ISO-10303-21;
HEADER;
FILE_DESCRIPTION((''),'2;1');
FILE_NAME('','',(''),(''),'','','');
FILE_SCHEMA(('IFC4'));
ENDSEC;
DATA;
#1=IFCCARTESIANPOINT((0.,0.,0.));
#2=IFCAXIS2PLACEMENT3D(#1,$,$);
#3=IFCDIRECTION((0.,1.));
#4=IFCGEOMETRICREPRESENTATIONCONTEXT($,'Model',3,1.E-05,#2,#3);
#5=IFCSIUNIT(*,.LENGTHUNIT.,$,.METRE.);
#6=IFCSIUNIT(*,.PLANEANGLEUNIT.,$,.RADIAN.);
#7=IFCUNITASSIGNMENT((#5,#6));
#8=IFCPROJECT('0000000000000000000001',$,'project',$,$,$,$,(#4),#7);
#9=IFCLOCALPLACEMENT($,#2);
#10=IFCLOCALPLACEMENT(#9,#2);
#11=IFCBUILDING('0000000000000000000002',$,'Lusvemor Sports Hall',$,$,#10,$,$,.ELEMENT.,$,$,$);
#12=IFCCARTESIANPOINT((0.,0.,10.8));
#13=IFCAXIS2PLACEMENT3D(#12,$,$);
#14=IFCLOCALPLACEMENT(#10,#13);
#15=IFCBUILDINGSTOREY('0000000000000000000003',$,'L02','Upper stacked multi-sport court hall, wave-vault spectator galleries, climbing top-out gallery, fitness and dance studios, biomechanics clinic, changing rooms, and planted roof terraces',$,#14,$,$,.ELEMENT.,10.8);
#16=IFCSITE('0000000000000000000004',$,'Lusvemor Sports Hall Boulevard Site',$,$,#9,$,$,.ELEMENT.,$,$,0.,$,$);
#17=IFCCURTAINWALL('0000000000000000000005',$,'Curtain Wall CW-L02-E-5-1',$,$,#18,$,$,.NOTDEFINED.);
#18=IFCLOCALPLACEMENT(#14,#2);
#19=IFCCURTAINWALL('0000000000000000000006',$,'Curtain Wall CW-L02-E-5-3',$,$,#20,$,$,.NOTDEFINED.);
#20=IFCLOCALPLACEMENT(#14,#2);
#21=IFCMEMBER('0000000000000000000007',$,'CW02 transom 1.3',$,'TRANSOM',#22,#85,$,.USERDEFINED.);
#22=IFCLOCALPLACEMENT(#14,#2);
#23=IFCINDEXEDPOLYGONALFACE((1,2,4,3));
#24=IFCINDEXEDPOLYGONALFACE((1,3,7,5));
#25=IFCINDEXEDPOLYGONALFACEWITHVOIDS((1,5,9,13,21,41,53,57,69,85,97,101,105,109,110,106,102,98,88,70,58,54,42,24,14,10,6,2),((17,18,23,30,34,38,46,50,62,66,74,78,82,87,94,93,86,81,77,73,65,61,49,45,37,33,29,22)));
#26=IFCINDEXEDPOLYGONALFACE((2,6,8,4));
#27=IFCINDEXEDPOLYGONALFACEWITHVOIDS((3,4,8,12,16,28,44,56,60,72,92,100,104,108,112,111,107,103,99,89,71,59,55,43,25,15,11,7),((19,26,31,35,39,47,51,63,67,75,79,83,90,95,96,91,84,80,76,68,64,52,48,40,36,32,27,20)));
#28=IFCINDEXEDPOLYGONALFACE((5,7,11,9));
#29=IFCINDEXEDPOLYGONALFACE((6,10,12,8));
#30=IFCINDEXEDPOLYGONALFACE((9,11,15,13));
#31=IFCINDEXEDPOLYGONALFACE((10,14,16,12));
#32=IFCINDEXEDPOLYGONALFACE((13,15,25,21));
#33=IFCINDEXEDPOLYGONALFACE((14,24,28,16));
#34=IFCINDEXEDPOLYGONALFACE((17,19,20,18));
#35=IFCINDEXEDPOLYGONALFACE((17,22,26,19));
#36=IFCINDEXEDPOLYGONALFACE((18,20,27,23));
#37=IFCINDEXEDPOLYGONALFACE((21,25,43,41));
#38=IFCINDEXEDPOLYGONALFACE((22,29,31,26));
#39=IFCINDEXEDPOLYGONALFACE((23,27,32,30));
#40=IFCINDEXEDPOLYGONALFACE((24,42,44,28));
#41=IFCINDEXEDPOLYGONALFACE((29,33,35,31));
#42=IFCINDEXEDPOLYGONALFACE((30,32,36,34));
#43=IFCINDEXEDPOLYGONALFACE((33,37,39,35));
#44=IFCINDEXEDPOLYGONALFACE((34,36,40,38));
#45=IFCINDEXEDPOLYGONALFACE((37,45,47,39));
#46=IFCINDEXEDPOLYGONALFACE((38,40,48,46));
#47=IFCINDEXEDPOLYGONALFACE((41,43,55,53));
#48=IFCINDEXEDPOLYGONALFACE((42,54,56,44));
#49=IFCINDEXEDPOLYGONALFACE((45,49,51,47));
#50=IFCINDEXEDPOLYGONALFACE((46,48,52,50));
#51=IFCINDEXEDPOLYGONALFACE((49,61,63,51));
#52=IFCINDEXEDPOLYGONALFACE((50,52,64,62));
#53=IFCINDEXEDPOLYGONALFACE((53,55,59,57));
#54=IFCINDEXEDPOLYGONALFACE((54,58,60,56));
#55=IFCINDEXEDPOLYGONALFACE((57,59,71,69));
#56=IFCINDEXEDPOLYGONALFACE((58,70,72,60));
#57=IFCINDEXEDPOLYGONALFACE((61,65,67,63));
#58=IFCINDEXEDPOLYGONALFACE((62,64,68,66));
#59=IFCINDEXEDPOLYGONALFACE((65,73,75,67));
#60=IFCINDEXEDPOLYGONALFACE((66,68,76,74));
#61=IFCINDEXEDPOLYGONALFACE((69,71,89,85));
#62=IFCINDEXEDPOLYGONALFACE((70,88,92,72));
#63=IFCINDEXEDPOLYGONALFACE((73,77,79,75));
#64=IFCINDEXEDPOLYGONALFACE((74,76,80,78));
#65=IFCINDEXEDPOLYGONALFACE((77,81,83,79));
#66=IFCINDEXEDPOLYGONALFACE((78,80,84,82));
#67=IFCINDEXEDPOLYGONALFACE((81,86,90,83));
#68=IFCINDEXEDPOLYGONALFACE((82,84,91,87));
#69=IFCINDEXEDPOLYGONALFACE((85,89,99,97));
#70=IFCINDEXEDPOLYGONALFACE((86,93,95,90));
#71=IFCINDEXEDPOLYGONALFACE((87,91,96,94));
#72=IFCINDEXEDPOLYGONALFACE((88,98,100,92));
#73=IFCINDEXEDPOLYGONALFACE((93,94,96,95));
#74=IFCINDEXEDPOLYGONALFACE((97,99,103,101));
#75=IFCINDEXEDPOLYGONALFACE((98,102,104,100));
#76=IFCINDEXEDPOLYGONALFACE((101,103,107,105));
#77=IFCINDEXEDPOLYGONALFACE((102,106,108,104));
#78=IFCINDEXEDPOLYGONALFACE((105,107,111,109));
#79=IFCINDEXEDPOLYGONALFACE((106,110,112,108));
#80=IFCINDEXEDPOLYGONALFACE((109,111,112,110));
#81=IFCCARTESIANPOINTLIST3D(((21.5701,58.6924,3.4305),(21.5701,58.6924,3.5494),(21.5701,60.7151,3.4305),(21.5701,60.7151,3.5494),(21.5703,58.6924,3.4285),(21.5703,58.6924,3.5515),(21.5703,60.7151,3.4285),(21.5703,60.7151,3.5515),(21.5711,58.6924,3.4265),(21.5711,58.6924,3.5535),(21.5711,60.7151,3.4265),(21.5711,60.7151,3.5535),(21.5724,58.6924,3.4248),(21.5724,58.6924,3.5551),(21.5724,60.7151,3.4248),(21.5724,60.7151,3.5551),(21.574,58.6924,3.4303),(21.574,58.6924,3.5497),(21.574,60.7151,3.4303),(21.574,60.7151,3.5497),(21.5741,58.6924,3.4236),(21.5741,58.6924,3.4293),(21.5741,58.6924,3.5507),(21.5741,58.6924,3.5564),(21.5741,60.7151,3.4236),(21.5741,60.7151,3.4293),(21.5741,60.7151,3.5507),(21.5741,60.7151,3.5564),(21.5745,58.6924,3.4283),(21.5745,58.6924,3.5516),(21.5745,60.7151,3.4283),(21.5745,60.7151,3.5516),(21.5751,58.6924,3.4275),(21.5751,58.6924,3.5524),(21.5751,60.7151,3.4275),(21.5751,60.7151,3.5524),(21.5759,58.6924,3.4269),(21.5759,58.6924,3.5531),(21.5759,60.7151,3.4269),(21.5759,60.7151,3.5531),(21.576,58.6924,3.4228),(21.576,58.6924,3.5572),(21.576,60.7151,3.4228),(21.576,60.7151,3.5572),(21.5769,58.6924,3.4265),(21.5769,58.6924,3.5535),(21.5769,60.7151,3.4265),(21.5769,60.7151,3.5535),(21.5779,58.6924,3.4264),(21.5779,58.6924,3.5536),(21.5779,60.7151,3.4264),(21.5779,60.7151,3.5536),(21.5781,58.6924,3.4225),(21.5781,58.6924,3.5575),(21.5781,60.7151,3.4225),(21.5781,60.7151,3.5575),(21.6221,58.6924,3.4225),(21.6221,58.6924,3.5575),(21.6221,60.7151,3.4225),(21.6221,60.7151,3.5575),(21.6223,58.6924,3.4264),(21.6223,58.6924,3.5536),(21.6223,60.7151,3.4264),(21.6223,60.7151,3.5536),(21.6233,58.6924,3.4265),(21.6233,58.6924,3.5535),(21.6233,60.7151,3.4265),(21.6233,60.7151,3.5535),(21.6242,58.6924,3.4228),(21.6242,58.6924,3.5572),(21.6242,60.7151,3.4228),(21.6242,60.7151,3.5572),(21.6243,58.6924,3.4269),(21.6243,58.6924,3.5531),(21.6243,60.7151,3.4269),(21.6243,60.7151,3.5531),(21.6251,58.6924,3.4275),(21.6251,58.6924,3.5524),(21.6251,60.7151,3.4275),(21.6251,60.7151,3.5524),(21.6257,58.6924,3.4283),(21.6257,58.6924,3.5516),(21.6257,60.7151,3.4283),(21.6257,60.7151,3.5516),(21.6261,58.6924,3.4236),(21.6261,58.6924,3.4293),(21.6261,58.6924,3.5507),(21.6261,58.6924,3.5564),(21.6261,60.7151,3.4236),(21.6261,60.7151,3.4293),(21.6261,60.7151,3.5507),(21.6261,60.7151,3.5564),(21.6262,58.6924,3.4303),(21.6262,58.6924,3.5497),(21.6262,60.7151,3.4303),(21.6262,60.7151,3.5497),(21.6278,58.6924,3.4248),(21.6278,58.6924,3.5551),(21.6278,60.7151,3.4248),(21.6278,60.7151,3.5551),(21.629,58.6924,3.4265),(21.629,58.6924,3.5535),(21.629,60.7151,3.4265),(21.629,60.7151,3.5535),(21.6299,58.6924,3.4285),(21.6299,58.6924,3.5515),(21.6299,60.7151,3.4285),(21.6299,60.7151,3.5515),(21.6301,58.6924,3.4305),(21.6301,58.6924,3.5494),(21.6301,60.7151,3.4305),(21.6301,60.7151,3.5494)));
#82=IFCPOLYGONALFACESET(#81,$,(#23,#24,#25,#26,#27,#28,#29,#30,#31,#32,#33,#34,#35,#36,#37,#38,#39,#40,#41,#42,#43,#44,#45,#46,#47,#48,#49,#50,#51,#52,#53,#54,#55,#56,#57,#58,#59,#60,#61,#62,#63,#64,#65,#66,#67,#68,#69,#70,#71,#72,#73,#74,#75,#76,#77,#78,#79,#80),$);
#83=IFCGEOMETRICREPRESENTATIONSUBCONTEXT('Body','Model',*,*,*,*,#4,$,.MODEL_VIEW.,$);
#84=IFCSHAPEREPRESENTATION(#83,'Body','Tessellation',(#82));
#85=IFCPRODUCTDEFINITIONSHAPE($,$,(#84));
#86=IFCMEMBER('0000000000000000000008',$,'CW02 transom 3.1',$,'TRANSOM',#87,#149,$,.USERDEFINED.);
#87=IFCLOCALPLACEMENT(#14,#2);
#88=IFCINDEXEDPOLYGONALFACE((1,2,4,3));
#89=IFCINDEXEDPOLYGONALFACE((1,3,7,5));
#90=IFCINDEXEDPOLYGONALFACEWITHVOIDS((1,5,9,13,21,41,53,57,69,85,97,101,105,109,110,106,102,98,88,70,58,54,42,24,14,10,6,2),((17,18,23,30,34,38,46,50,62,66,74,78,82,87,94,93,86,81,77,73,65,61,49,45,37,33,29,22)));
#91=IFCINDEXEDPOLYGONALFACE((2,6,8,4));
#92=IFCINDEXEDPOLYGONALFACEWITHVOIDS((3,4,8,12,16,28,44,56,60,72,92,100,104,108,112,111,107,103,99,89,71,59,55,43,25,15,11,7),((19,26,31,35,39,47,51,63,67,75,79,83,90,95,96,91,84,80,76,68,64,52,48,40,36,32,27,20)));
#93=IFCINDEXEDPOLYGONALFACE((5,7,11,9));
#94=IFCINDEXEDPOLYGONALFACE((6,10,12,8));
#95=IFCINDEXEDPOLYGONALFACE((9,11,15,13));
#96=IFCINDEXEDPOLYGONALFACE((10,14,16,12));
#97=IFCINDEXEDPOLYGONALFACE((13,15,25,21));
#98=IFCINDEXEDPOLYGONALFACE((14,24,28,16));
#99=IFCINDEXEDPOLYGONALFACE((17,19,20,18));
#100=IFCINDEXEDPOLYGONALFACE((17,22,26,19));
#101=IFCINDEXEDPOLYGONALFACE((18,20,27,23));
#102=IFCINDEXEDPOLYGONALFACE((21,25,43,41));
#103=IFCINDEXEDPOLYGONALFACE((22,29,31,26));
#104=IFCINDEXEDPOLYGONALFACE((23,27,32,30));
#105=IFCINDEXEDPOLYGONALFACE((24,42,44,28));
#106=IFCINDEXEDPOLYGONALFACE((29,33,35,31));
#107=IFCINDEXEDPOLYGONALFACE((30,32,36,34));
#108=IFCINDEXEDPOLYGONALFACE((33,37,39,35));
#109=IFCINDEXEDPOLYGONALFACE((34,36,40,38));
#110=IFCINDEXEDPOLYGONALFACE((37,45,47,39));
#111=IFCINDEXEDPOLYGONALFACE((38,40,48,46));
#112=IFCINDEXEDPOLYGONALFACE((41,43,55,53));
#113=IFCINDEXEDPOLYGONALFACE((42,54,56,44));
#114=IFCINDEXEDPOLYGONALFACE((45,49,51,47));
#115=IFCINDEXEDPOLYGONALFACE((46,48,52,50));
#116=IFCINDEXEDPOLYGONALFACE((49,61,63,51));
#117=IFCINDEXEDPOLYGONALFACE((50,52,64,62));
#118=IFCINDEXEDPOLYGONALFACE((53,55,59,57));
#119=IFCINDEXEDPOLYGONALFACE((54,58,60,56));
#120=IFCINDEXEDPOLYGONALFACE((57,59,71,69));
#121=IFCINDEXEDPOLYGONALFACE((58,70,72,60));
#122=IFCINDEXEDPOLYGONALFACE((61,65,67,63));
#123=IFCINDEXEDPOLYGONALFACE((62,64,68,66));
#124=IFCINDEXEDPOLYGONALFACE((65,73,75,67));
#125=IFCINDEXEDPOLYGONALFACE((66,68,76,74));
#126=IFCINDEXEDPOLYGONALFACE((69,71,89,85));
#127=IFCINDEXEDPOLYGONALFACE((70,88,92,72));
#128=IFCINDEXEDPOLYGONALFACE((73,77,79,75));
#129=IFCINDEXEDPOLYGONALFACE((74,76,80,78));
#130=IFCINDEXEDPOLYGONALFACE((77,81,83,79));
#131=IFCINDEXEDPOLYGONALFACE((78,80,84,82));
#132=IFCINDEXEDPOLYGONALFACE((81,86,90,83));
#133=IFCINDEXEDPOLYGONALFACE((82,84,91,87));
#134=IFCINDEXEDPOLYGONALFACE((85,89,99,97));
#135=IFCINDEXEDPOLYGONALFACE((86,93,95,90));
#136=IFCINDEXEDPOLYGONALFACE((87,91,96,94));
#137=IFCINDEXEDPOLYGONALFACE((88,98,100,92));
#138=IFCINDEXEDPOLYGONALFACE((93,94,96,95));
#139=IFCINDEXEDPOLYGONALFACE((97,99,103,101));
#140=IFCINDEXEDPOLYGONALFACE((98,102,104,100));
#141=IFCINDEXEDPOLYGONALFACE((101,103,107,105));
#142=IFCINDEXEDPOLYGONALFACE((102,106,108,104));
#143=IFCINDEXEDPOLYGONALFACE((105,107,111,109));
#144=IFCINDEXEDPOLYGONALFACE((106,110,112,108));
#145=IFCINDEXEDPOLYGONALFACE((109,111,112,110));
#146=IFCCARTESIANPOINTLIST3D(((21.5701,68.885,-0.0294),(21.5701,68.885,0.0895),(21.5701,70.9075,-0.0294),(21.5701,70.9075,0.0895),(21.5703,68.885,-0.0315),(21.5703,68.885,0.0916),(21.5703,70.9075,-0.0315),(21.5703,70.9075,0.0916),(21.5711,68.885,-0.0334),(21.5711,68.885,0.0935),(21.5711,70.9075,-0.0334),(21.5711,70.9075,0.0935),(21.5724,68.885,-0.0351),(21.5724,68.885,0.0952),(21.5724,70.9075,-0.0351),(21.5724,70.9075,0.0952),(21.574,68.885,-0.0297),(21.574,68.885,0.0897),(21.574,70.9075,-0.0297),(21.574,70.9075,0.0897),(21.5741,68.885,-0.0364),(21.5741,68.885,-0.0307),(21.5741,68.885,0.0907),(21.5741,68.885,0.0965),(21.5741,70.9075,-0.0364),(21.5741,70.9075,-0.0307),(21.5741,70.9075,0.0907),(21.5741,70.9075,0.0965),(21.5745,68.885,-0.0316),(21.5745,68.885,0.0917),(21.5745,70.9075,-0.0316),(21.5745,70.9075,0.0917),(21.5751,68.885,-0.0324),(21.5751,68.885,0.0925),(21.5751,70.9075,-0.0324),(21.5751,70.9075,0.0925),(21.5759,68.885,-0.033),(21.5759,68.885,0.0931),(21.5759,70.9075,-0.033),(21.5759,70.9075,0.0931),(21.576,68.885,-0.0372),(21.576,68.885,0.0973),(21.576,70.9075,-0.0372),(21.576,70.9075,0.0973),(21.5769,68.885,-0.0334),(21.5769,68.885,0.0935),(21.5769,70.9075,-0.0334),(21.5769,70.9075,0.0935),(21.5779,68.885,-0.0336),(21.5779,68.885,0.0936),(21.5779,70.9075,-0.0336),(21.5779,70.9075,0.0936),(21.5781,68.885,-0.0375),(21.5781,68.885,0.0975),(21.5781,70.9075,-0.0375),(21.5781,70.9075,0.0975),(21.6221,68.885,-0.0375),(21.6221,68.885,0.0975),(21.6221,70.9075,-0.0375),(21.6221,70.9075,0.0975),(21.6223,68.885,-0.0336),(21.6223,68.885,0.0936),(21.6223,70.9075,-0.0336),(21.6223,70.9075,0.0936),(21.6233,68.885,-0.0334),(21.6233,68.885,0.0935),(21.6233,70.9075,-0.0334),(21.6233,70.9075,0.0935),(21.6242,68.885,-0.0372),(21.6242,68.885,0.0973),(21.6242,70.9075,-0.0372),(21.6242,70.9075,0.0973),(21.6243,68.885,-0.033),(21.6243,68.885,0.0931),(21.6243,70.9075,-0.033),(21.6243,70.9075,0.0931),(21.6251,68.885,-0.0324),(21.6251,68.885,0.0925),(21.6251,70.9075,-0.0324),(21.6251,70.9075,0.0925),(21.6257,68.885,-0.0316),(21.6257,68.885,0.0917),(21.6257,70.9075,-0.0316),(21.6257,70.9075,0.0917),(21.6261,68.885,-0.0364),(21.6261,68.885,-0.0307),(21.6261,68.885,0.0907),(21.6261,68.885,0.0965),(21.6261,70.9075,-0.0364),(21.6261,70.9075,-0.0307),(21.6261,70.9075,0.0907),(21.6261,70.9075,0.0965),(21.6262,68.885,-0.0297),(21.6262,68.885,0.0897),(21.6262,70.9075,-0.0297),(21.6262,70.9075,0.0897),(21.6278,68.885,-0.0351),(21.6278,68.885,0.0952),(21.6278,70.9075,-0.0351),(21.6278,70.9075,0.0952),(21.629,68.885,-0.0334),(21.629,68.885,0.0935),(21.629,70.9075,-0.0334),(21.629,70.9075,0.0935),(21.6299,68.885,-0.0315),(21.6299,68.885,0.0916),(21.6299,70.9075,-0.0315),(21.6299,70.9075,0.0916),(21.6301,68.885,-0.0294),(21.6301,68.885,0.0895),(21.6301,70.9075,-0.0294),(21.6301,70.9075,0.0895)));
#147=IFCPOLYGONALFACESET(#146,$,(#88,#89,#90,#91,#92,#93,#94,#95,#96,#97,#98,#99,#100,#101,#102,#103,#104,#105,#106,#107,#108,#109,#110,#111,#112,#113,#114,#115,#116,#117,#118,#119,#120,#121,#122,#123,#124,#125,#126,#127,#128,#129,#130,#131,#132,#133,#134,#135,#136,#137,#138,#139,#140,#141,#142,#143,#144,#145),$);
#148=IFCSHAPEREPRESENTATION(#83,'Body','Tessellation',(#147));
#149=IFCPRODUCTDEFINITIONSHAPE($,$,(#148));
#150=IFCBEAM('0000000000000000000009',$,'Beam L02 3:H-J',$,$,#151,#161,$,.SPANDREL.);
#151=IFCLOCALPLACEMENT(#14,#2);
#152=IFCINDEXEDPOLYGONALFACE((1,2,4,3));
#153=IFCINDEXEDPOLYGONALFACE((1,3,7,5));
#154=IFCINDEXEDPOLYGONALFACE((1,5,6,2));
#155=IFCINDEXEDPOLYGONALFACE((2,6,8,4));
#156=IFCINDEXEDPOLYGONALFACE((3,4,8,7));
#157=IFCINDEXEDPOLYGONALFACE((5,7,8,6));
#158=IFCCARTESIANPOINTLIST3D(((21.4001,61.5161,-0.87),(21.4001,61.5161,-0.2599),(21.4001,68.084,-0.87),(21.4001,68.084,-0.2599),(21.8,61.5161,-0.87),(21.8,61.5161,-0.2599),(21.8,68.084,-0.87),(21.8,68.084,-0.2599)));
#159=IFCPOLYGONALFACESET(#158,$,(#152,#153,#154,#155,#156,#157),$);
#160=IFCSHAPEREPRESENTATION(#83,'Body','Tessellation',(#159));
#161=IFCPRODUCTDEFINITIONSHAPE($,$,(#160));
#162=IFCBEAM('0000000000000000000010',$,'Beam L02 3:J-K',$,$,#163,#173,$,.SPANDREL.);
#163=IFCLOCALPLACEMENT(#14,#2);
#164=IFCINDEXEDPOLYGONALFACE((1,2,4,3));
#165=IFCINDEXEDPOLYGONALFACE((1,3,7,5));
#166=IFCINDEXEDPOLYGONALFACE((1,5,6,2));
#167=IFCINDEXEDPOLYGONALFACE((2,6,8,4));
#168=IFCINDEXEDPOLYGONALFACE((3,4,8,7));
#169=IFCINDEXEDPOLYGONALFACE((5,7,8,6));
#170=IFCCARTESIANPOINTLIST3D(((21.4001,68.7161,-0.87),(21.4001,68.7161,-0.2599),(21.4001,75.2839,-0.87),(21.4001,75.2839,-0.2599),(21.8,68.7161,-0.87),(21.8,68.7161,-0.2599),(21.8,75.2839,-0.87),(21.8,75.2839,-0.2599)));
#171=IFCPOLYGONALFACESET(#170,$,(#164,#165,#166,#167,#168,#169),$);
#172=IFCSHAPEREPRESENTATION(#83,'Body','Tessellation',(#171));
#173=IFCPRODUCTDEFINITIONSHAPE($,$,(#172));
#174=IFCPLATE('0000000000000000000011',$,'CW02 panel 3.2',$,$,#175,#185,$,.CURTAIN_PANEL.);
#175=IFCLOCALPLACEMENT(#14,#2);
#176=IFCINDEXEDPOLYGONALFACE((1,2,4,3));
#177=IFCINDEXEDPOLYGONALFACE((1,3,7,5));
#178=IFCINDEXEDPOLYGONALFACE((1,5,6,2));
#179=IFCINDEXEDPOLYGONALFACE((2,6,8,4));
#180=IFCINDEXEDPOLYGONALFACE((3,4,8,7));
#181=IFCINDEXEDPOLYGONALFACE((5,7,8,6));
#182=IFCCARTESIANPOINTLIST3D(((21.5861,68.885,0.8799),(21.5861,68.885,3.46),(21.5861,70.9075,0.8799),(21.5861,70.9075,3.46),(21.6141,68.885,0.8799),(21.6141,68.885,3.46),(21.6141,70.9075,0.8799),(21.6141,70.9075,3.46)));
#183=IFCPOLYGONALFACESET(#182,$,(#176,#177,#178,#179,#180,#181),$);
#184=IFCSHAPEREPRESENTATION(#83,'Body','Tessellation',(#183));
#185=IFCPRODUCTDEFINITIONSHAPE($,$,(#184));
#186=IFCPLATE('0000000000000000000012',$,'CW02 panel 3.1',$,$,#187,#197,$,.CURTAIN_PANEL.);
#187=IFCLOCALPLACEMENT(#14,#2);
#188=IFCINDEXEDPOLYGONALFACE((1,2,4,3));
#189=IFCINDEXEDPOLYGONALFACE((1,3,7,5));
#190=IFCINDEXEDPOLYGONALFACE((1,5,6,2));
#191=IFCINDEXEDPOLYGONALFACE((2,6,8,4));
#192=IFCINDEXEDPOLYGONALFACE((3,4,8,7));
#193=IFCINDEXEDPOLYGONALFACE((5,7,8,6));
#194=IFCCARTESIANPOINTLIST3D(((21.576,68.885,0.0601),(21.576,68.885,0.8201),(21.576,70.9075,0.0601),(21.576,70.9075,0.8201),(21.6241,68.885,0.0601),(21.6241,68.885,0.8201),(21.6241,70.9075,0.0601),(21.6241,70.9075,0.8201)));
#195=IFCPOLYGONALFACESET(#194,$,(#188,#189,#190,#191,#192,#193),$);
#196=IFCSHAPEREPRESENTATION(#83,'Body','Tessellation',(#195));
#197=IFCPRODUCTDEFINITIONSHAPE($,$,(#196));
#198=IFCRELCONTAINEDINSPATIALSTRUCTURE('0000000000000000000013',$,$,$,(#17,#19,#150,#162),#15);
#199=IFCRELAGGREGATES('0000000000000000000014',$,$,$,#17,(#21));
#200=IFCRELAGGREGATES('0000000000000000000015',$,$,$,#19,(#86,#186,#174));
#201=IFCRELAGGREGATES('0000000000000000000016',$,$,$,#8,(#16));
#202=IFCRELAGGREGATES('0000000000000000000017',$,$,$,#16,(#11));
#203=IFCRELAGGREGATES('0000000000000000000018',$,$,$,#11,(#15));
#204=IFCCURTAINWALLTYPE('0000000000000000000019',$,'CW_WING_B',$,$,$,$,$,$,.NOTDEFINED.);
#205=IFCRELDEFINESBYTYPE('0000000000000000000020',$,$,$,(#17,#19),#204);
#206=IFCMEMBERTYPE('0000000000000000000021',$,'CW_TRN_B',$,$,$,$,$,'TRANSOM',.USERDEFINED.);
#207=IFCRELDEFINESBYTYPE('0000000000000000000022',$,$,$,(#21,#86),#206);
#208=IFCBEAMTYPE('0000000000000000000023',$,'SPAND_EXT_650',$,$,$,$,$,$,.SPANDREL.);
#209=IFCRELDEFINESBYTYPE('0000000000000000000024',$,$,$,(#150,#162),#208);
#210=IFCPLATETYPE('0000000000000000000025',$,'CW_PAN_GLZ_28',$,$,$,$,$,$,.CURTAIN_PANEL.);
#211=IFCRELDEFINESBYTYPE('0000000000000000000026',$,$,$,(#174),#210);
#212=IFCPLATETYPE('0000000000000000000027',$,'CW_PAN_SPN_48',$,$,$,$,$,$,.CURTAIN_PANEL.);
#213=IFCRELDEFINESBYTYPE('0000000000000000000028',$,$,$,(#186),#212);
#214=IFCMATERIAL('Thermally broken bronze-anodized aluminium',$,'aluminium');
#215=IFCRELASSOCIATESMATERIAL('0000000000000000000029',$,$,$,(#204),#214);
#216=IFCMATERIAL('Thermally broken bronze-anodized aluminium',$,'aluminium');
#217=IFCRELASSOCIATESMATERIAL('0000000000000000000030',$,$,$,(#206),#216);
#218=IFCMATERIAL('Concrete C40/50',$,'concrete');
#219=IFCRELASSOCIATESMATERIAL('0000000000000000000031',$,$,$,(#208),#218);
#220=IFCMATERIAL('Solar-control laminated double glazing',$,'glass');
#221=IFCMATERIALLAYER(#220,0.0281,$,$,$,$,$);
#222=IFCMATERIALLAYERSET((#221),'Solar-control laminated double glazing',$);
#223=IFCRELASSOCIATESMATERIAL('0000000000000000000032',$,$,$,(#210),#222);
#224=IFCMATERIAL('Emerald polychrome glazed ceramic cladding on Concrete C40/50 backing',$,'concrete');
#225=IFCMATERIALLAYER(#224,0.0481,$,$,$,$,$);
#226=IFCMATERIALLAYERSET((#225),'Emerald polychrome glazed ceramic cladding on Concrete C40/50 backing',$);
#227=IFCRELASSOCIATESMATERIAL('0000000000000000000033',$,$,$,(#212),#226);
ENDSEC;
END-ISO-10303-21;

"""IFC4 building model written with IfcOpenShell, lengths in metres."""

from ifc_helpers import new_model, si_unit, direction, frame, origin, origin_2d, place, context, subcontext, project, spatial, rectangle, hollow_rectangle, extrude, material, layer, layer_set, material_profile, profile_set, type_object, element, aggregate, save


model = new_model("IFC4")

# Units and contexts
model_context = context("Model", 3, precision=1e-05, world=origin(), true_north=direction((0.0, 1.0)))
body_context = subcontext(model_context, "Body", "Model", "MODEL_VIEW")
ifc_project = project(units=[si_unit("LENGTHUNIT", "METRE"), si_unit("PLANEANGLEUNIT", "RADIAN")], contexts=[model_context])

# Site, building, storey
site_placement = place(None, origin())
site = spatial("IfcSite", under=ifc_project, at=site_placement, Name="Lusvemor Sports Hall Boulevard Site", CompositionType="ELEMENT", RefElevation=0.0)
building_placement = place(site_placement, origin())
building = spatial("IfcBuilding", under=site, at=building_placement, Name="Lusvemor Sports Hall", CompositionType="ELEMENT")
storey_placement = place(building_placement, frame((0.0, 0.0, 10.8)))
storey = spatial("IfcBuildingStorey", under=building, at=storey_placement, Name="L02", Description="Upper stacked multi-sport court hall, wave-vault spectator galleries, climbing top-out gallery, fitness and dance studios, biomechanics clinic, changing rooms, and planted roof terraces", CompositionType="ELEMENT", Elevation=10.8)

# Curtain walls
ifc_material_1 = material(Name="Thermally broken bronze-anodized aluminium", Category="aluminium")
curtain_wall_type = type_object("IfcCurtainWallType", Name="CW_WING_B", PredefinedType="NOTDEFINED", material=ifc_material_1)
curtain_wall_1_placement = place(storey_placement, origin())
curtain_wall_1 = element("IfcCurtainWall", 1, at=curtain_wall_1_placement, inside=storey, type_object=curtain_wall_type, Name="Curtain Wall CW-L02-E-5-1", PredefinedType="NOTDEFINED")
curtain_wall_2_placement = place(storey_placement, origin())
curtain_wall_2 = element("IfcCurtainWall", 2, at=curtain_wall_2_placement, inside=storey, type_object=curtain_wall_type, Name="Curtain Wall CW-L02-E-5-3", PredefinedType="NOTDEFINED")

# Members
ifc_material_2 = material(Name="Thermally broken bronze-anodized aluminium", Category="aluminium")
ifc_material_profile_1 = material_profile(ifc_material_2, hollow_rectangle(XDim=0.0601, YDim=0.135, WallThickness=0.0039, InnerFilletRadius=0.0039, OuterFilletRadius=0.0081, at=origin_2d()), Name="CWTRN135x60x4")
ifc_profile_set_1 = profile_set([ifc_material_profile_1], Name="Thermally broken bronze-anodized aluminium")
member_type_1 = type_object("IfcMemberType", Name="CW_TRN_B", ElementType="TRANSOM", PredefinedType="USERDEFINED", material=ifc_profile_set_1)
member_1_placement = place(storey_placement, frame((21.6001, 60.7151, 3.49), z_axis=(0.0, -1.0, 0.0), x_axis=(1.0, 0.0, 0.0)))
member_1 = element("IfcMember", 3, at=member_1_placement, type_object=member_type_1, Name="CW02 transom 1.3", ObjectType="TRANSOM", PredefinedType="USERDEFINED", context=body_context, shape_type="SweptSolid", body=[
    extrude(hollow_rectangle(XDim=0.0601, YDim=0.135, WallThickness=0.0039, InnerFilletRadius=0.0039, OuterFilletRadius=0.0081, at=origin_2d()), origin(), (0.0, 0.0, 1.0), 2.0227),
])
aggregate(curtain_wall_1, [member_1])
member_2_placement = place(storey_placement, frame((21.6001, 70.9075, 0.03), z_axis=(0.0, -1.0, 0.0), x_axis=(1.0, 0.0, 0.0)))
member_2 = element("IfcMember", 4, at=member_2_placement, type_object=member_type_1, Name="CW02 transom 3.1", ObjectType="TRANSOM", PredefinedType="USERDEFINED", context=body_context, shape_type="SweptSolid", body=[
    extrude(hollow_rectangle(XDim=0.0601, YDim=0.135, WallThickness=0.0039, InnerFilletRadius=0.0039, OuterFilletRadius=0.0081, at=origin_2d()), origin(), (0.0, 0.0, 1.0), 2.0225),
])

# Beams
ifc_material_3 = material(Name="Concrete C40/50", Category="concrete")
ifc_material_profile_2 = material_profile(ifc_material_3, rectangle(XDim=0.3999, YDim=0.6101, at=origin_2d()), Name="RC400x610")
ifc_profile_set_2 = profile_set([ifc_material_profile_2], Name="Concrete C40/50")
beam_type = type_object("IfcBeamType", Name="SPAND_EXT_650", PredefinedType="SPANDREL", material=ifc_profile_set_2)
for number, where, z_axis, x_axis, name in (
    (5, (21.6001, 61.5161, -0.5649), (0.0, 1.0, 0.0), (-1.0, 0.0, 0.0), "Beam L02 3:H-J"),
    (6, (21.6001, 68.7161, -0.5649), (0.0, 1.0, 0.0), (-1.0, 0.0, 0.0), "Beam L02 3:J-K"),
):
    element("IfcBeam", number, at=place(storey_placement, frame(where, z_axis=z_axis, x_axis=x_axis)), inside=storey, type_object=beam_type, Name=name, PredefinedType="SPANDREL", context=body_context, shape_type="SweptSolid", body=[
        extrude(rectangle(XDim=0.3999, YDim=0.6101, at=origin_2d()), origin(), (0.0, 0.0, 1.0), 6.5679),
    ])

# Plates
ifc_material_4 = material(Name="Solar-control laminated double glazing", Category="glass")
ifc_layer_1 = layer(ifc_material_4, 0.0281)
ifc_layer_set_1 = layer_set([ifc_layer_1], Name="Solar-control laminated double glazing")
plate_type_1 = type_object("IfcPlateType", Name="CW_PAN_GLZ_28", PredefinedType="CURTAIN_PANEL", material=ifc_layer_set_1)
plate_1_placement = place(storey_placement, frame((21.6001, 69.8962, 0.8799), z_axis=(0.0, 0.0, 1.0), x_axis=(0.0, -1.0, 0.0)))
plate_1 = element("IfcPlate", 7, at=plate_1_placement, type_object=plate_type_1, Name="CW02 panel 3.2", PredefinedType="CURTAIN_PANEL", context=body_context, shape_type="SweptSolid", body=[
    extrude(rectangle(XDim=2.0225, YDim=0.0281, at=origin_2d()), origin(), (0.0, 0.0, 1.0), 2.5801),
])
ifc_material_5 = material(Name="Emerald polychrome glazed ceramic cladding on Concrete C40/50 backing", Category="concrete")
ifc_layer_2 = layer(ifc_material_5, 0.0481)
ifc_layer_set_2 = layer_set([ifc_layer_2], Name="Emerald polychrome glazed ceramic cladding on Concrete C40/50 backing")
plate_type_2 = type_object("IfcPlateType", Name="CW_PAN_SPN_48", PredefinedType="CURTAIN_PANEL", material=ifc_layer_set_2)
plate_2_placement = place(storey_placement, frame((21.6001, 69.8962, 0.0601), z_axis=(0.0, 0.0, 1.0), x_axis=(0.0, -1.0, 0.0)))
plate_2 = element("IfcPlate", 8, at=plate_2_placement, type_object=plate_type_2, Name="CW02 panel 3.1", PredefinedType="CURTAIN_PANEL", context=body_context, shape_type="SweptSolid", body=[
    extrude(rectangle(XDim=2.0225, YDim=0.0481, at=origin_2d()), origin(), (0.0, 0.0, 1.0), 0.76),
])
aggregate(curtain_wall_2, [member_2, plate_2, plate_1])

save(model, "model.ifc")
